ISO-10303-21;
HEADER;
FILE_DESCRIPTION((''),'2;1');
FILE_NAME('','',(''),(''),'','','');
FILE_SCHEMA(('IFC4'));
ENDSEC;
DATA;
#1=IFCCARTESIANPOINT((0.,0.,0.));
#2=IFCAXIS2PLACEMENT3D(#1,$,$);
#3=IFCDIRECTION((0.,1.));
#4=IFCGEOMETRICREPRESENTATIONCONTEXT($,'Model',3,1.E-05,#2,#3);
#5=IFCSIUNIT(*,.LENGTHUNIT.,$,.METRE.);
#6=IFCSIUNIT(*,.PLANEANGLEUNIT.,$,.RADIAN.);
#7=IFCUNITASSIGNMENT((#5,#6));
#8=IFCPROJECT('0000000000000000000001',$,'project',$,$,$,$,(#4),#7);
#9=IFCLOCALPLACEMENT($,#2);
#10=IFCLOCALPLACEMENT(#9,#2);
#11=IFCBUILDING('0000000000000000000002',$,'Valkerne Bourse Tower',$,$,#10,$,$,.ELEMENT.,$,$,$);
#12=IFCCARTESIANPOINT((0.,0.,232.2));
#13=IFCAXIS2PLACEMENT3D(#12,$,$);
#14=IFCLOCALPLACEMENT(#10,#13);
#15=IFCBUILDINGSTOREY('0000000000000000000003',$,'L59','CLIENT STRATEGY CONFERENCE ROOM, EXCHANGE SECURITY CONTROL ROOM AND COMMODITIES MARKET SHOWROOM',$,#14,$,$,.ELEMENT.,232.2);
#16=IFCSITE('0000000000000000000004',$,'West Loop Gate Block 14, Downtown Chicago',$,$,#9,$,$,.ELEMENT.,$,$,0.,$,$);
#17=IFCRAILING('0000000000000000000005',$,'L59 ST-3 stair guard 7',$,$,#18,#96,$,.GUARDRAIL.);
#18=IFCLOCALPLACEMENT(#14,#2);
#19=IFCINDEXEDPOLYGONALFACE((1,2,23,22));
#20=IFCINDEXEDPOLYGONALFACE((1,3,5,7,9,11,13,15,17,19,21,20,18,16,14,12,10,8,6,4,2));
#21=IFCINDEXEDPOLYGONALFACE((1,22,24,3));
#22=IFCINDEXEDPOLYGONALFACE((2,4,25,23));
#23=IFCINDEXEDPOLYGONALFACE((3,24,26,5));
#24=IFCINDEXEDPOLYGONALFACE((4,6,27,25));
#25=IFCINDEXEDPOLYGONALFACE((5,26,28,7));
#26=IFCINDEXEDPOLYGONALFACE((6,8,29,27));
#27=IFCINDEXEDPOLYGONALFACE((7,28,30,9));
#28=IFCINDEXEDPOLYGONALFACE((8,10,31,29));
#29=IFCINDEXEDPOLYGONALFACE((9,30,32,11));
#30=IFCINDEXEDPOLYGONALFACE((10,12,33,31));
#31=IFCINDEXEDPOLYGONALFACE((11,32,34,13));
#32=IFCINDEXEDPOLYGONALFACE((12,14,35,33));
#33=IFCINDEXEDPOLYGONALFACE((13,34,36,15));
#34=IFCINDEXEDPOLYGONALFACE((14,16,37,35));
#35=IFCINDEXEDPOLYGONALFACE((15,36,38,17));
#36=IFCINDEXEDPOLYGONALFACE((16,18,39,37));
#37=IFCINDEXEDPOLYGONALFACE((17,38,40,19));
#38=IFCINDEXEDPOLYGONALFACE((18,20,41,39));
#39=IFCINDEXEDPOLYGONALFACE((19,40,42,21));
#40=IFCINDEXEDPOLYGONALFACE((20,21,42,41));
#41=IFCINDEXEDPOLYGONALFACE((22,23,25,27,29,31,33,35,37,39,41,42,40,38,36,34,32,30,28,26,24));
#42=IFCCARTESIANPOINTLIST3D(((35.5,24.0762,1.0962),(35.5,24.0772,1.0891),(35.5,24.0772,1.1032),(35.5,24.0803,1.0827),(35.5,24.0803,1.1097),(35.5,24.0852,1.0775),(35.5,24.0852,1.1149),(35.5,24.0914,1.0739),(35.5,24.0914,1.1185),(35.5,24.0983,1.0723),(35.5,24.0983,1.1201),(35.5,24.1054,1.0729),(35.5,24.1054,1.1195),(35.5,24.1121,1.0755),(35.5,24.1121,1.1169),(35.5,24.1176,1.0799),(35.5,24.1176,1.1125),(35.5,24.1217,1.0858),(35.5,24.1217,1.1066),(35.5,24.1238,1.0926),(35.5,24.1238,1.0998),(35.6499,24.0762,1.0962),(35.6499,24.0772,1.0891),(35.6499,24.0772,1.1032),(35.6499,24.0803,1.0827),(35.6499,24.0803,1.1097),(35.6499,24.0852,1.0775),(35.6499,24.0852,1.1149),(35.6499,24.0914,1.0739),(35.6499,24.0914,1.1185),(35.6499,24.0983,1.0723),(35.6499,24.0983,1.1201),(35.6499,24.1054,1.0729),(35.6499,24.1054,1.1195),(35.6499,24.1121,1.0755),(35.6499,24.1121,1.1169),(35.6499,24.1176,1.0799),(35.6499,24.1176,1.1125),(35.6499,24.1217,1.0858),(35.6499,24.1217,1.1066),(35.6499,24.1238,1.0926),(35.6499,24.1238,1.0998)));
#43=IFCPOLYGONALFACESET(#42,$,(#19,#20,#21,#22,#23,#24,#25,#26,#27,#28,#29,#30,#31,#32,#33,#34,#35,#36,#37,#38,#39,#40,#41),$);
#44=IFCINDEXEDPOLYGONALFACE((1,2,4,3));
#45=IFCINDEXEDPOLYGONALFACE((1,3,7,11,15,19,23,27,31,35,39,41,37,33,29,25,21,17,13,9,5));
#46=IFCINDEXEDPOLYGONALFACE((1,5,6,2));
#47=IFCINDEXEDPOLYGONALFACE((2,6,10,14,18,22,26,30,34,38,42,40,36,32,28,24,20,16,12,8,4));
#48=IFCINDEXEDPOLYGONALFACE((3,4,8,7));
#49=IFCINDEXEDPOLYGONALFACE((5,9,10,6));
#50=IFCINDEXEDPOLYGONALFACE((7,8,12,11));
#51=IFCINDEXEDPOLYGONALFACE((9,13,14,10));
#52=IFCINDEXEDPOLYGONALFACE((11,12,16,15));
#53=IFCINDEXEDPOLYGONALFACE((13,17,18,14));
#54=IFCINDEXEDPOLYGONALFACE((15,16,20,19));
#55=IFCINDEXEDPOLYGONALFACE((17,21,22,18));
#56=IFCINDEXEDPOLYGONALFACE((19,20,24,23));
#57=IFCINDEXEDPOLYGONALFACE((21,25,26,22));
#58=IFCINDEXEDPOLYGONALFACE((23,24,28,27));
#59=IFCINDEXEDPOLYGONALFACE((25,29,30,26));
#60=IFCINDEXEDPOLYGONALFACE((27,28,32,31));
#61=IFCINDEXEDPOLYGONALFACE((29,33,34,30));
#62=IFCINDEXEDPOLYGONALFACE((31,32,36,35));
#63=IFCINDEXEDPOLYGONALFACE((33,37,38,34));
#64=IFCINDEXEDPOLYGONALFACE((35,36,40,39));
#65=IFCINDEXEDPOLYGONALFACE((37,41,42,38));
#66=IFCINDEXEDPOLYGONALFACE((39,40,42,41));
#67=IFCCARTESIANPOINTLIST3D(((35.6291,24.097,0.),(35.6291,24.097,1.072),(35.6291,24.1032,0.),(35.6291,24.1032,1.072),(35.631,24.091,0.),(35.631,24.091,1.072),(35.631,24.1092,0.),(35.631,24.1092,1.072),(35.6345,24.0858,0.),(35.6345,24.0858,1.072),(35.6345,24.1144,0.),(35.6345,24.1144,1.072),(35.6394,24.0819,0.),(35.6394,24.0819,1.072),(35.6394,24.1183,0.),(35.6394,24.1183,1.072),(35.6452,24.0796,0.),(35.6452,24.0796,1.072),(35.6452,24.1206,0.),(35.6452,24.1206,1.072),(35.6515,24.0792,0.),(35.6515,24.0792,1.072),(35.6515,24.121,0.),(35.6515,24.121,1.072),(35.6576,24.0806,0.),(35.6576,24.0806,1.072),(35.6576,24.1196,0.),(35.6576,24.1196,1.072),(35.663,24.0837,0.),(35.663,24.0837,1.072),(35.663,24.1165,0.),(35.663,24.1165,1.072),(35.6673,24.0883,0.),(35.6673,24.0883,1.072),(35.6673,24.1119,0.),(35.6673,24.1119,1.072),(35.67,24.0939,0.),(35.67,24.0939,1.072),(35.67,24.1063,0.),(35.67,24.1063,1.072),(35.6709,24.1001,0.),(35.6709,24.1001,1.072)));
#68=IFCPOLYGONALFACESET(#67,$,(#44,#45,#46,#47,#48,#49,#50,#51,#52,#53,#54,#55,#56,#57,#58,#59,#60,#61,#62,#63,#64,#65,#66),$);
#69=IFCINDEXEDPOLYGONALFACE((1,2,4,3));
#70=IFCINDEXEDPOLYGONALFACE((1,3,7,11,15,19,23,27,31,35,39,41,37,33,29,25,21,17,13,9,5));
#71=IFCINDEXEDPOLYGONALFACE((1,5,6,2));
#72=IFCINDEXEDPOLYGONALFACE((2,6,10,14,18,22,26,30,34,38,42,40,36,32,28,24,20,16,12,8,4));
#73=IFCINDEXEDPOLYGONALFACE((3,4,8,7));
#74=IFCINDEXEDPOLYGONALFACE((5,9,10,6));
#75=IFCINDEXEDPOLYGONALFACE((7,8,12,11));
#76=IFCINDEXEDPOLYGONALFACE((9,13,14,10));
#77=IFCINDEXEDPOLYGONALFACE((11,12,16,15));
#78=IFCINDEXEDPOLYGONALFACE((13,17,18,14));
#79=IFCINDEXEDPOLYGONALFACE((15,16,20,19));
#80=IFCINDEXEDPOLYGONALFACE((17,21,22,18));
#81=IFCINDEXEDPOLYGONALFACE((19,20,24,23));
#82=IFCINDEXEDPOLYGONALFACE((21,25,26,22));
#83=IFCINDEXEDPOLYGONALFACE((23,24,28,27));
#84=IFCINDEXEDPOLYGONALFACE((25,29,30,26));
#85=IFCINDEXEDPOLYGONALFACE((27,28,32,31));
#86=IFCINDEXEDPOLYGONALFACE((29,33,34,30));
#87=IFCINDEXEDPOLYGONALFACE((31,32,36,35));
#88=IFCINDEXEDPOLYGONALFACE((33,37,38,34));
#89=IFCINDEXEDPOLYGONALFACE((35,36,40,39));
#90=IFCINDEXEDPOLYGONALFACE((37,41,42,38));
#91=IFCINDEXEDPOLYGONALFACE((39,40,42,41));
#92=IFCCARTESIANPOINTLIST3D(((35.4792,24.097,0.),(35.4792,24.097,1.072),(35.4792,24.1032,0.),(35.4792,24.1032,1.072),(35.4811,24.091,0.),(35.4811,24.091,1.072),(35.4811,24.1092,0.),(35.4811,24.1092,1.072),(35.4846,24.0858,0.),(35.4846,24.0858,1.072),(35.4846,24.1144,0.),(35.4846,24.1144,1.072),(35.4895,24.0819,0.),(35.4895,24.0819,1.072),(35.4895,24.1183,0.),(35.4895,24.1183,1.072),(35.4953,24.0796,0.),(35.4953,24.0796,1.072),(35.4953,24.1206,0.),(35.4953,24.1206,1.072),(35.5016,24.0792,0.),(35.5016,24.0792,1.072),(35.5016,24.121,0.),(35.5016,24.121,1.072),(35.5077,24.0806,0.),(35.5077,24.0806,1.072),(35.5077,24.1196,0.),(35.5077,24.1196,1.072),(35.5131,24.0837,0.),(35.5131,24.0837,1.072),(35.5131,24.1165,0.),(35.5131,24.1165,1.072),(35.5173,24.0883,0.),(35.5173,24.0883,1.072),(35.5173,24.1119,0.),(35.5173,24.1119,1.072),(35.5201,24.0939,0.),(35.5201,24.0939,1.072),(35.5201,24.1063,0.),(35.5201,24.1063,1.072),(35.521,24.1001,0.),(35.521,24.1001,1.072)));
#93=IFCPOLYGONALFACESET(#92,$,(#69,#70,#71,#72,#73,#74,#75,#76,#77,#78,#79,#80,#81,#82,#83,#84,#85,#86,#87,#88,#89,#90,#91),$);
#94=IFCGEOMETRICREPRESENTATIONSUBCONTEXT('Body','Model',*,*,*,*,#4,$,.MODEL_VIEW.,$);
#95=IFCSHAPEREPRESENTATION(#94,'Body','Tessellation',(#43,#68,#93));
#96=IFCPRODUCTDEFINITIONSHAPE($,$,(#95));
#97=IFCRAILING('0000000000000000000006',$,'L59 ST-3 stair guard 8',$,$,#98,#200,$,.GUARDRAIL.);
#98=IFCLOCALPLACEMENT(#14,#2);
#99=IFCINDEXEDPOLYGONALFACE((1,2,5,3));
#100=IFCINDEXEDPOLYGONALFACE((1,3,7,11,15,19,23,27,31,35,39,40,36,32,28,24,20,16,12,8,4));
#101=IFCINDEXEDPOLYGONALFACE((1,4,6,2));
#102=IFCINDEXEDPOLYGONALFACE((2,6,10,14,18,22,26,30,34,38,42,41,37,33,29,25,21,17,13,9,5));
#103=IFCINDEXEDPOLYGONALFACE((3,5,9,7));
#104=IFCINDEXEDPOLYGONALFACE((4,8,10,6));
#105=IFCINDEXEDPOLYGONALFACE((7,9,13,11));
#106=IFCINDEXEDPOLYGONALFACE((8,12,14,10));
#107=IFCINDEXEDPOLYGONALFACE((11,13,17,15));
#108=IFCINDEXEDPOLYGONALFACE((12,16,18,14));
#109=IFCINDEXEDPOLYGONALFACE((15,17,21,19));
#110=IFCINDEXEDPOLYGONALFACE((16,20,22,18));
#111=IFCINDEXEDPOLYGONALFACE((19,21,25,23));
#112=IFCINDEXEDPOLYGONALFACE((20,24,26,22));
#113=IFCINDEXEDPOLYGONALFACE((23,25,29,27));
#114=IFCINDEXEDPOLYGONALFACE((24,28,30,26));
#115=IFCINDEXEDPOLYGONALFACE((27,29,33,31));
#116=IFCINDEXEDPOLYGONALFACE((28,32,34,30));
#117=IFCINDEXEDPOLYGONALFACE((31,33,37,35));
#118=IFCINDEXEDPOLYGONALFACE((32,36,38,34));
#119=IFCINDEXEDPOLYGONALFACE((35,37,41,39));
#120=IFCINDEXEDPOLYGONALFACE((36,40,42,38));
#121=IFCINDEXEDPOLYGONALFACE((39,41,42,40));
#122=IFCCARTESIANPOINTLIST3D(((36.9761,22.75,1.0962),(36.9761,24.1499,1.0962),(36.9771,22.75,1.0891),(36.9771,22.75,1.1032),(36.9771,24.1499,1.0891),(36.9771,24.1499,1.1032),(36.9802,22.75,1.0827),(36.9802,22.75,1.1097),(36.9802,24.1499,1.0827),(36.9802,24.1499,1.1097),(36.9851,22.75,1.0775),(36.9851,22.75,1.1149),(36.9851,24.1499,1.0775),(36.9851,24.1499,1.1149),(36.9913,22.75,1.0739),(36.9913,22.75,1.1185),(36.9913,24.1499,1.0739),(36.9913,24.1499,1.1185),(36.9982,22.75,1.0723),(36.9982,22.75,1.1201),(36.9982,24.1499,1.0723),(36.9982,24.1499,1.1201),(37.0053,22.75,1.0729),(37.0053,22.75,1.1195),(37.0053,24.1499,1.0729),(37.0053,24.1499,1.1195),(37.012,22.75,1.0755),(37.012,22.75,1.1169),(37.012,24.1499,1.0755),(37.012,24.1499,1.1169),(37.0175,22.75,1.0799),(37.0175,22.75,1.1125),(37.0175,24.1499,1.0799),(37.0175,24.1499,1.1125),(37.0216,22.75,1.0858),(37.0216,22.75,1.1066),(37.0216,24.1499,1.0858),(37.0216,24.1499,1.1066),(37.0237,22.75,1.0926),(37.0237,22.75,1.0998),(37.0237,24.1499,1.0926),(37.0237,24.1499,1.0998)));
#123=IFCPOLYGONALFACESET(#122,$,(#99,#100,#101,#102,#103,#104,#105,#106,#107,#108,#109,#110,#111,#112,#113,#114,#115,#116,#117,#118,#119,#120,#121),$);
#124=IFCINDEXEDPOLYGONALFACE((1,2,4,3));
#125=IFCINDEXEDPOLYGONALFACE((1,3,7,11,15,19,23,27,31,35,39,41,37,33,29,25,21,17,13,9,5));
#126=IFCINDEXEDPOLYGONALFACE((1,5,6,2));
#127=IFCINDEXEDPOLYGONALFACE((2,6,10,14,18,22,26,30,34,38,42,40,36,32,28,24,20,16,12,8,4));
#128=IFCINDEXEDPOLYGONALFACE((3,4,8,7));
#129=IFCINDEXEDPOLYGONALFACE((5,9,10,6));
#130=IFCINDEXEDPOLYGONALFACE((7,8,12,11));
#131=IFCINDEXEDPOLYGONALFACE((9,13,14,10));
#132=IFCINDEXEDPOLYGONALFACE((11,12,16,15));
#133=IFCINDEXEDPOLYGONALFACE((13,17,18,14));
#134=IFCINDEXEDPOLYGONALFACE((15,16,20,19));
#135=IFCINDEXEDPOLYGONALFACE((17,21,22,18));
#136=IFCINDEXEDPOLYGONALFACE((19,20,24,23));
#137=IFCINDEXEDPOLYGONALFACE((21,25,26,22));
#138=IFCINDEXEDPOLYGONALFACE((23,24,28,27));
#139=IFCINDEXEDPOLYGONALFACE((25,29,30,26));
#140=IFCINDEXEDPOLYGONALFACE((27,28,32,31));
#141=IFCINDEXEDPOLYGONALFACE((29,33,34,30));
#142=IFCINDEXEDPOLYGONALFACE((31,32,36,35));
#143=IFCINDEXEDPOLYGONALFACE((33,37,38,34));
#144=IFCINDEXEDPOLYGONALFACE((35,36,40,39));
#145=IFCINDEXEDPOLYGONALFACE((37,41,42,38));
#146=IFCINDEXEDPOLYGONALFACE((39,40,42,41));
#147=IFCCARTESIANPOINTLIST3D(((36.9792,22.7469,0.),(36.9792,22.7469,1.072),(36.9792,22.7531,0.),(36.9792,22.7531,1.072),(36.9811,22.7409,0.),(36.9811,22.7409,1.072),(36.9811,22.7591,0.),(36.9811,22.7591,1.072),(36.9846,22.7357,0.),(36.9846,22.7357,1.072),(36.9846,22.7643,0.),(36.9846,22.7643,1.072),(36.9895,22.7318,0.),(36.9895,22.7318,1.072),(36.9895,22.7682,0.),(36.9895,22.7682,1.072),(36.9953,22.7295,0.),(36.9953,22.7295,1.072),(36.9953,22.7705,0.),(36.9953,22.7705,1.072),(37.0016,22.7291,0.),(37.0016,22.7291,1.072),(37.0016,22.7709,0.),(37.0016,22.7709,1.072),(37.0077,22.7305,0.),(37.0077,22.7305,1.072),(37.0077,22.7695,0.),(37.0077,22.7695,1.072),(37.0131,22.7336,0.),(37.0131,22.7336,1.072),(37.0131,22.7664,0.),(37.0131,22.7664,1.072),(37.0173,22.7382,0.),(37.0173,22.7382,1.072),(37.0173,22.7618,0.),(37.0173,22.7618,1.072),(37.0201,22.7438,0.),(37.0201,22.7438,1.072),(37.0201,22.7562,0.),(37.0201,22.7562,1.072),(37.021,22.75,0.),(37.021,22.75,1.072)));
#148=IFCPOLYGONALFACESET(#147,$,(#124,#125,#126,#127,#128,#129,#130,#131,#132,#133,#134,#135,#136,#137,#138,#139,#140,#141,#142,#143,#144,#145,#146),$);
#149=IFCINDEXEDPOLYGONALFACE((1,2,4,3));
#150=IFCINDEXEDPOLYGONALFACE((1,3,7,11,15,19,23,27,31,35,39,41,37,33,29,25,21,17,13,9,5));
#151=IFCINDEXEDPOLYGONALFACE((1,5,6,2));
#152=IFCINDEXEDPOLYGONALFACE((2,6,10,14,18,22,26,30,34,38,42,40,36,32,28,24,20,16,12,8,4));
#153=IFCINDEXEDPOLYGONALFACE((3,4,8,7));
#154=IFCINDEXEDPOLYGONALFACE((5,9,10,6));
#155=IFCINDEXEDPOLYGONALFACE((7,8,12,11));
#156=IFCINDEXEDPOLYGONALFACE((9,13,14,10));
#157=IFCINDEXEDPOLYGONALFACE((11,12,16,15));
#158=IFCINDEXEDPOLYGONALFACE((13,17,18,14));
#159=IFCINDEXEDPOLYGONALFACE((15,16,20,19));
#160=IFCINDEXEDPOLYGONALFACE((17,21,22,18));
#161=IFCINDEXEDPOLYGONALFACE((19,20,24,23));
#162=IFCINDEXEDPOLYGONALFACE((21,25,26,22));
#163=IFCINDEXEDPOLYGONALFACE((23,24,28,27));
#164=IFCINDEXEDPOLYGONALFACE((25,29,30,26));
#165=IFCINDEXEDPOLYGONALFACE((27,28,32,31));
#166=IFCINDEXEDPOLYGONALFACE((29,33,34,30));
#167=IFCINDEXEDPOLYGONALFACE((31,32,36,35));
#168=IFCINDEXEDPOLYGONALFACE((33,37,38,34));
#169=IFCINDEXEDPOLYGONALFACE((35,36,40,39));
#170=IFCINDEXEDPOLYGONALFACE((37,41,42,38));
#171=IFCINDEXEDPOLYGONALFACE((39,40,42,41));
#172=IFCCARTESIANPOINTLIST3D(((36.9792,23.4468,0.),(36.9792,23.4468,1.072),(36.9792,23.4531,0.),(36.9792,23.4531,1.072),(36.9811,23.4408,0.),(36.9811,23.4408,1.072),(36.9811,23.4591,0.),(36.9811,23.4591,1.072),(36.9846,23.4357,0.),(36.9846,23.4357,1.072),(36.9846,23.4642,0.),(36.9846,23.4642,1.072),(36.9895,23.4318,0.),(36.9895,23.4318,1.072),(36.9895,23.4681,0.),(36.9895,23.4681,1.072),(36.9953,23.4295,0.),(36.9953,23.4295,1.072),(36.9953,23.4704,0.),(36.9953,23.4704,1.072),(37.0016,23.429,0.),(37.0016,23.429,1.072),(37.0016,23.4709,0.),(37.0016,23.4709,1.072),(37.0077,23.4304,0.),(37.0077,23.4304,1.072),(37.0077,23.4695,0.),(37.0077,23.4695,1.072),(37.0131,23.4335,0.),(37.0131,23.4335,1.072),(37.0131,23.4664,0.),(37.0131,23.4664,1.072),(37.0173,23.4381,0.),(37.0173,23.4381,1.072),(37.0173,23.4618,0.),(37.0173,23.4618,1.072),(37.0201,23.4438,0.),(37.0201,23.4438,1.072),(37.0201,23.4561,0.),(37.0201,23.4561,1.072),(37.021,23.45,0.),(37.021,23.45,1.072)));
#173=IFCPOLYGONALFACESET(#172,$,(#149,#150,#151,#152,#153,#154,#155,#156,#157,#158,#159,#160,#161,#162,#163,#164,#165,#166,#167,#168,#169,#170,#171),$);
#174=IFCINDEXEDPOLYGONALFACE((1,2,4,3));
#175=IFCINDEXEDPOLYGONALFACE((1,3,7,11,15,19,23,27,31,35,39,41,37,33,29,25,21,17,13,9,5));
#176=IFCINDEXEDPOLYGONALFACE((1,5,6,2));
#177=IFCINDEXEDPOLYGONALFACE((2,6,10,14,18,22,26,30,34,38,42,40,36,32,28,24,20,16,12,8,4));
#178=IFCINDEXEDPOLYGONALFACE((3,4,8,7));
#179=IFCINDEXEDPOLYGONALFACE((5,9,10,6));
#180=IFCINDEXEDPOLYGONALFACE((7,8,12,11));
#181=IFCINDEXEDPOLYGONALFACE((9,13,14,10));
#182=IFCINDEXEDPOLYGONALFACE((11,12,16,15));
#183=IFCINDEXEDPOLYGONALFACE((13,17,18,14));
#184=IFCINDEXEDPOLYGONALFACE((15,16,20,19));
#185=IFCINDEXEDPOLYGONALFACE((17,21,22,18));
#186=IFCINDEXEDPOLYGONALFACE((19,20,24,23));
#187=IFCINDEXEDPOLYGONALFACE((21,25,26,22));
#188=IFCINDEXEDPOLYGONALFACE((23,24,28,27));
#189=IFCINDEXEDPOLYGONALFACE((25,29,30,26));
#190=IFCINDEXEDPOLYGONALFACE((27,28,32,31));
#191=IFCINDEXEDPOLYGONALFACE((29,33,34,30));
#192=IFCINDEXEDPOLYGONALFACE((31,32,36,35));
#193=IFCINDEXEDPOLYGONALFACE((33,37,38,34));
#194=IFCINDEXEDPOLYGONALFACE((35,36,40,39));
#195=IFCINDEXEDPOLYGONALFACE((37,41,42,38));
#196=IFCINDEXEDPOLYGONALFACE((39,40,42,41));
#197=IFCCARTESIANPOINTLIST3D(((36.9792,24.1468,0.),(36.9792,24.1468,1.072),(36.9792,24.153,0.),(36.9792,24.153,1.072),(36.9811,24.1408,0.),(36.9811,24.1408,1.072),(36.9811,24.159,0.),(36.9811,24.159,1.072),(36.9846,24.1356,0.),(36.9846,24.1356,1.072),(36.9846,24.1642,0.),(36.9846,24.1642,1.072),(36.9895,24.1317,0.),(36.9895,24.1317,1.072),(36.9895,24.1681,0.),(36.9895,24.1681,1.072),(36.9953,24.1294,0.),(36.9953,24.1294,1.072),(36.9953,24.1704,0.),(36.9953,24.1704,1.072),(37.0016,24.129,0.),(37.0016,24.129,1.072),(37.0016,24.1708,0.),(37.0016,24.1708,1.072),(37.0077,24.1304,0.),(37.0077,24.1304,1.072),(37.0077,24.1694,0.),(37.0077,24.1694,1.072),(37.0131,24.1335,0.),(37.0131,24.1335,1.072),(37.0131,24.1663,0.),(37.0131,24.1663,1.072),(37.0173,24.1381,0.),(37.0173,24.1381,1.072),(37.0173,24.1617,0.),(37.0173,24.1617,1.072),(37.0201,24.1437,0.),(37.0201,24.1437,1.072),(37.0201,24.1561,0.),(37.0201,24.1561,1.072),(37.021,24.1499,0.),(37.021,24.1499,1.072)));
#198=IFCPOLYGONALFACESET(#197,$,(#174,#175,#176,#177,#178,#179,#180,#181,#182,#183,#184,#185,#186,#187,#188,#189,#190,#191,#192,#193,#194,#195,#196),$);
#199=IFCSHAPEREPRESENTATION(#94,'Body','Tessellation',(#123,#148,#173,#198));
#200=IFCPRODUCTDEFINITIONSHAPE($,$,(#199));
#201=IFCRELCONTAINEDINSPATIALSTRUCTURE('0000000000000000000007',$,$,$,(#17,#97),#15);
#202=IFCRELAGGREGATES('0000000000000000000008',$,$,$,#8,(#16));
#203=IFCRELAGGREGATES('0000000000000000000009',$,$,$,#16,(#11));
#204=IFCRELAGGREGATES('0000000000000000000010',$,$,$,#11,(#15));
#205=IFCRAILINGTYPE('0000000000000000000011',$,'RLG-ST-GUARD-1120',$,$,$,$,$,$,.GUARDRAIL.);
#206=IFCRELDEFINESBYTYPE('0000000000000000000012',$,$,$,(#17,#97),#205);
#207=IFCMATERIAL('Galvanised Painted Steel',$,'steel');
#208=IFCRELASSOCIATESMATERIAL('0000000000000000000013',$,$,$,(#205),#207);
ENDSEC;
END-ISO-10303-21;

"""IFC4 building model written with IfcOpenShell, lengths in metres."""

from ifc_helpers import new_model, si_unit, direction, frame, origin, origin_2d, place, context, subcontext, project, spatial, circle, extrude, material, type_object, element, save


model = new_model("IFC4")

# Units and contexts
model_context = context("Model", 3, precision=1e-05, world=origin(), true_north=direction((0.0, 1.0)))
body_context = subcontext(model_context, "Body", "Model", "MODEL_VIEW")
ifc_project = project(units=[si_unit("LENGTHUNIT", "METRE"), si_unit("PLANEANGLEUNIT", "RADIAN")], contexts=[model_context])

# Site, building, storey
site_placement = place(None, origin())
site = spatial("IfcSite", under=ifc_project, at=site_placement, Name="West Loop Gate Block 14, Downtown Chicago", CompositionType="ELEMENT", RefElevation=0.0)
building_placement = place(site_placement, origin())
building = spatial("IfcBuilding", under=site, at=building_placement, Name="Valkerne Bourse Tower", CompositionType="ELEMENT")
storey_placement = place(building_placement, frame((0.0, 0.0, 232.2)))
storey = spatial("IfcBuildingStorey", under=building, at=storey_placement, Name="L59", Description="CLIENT STRATEGY CONFERENCE ROOM, EXCHANGE SECURITY CONTROL ROOM AND COMMODITIES MARKET SHOWROOM", CompositionType="ELEMENT", Elevation=232.2)

# Shared definitions
ifc_material_1 = material(Name="Galvanised Painted Steel", Category="steel")

# Railings
railing_type = type_object("IfcRailingType", Name="RLG-ST-GUARD-1120", PredefinedType="GUARDRAIL", material=ifc_material_1)
railing_1_placement = place(storey_placement, frame((35.6499, 24.1001, 0.0)))
element("IfcRailing", 1, at=railing_1_placement, inside=storey, type_object=railing_type, Name="L59 ST-3 stair guard 7", PredefinedType="GUARDRAIL", context=body_context, shape_type="SweptSolid", body=[
    extrude(circle(Radius=0.0239, at=origin_2d()), frame((0.0, 0.0, 1.0962), z_axis=(-1.0, 0.0, 0.0), x_axis=(0.0, -1.0, 0.0)), (0.0, 0.0, 1.0), 0.1499),
    extrude(circle(Radius=0.021, at=origin_2d()), origin(), (0.0, 0.0, 1.0), 1.072),
    extrude(circle(Radius=0.021, at=origin_2d()), frame((-0.1499, 0.0, 0.0)), (0.0, 0.0, 1.0), 1.072),
])
for number, where, name in (
    (2, (37.0, 22.75, 0.0), "L59 ST-3 stair guard 8"),
):
    element("IfcRailing", number, at=place(storey_placement, frame(where)), inside=storey, type_object=railing_type, Name=name, PredefinedType="GUARDRAIL", context=body_context, shape_type="SweptSolid", body=[
        extrude(circle(Radius=0.0239, at=origin_2d()), frame((0.0, 0.0, 1.0962), z_axis=(0.0, 1.0, 0.0), x_axis=(-1.0, 0.0, 0.0)), (0.0, 0.0, 1.0), 1.3999),
        extrude(circle(Radius=0.021, at=origin_2d()), origin(), (0.0, 0.0, 1.0), 1.072),
        extrude(circle(Radius=0.021, at=origin_2d()), frame((0.0, 0.7, 0.0)), (0.0, 0.0, 1.0), 1.072),
        extrude(circle(Radius=0.021, at=origin_2d()), frame((0.0, 1.3999, 0.0)), (0.0, 0.0, 1.0), 1.072),
    ])

save(model, "model.ifc")
